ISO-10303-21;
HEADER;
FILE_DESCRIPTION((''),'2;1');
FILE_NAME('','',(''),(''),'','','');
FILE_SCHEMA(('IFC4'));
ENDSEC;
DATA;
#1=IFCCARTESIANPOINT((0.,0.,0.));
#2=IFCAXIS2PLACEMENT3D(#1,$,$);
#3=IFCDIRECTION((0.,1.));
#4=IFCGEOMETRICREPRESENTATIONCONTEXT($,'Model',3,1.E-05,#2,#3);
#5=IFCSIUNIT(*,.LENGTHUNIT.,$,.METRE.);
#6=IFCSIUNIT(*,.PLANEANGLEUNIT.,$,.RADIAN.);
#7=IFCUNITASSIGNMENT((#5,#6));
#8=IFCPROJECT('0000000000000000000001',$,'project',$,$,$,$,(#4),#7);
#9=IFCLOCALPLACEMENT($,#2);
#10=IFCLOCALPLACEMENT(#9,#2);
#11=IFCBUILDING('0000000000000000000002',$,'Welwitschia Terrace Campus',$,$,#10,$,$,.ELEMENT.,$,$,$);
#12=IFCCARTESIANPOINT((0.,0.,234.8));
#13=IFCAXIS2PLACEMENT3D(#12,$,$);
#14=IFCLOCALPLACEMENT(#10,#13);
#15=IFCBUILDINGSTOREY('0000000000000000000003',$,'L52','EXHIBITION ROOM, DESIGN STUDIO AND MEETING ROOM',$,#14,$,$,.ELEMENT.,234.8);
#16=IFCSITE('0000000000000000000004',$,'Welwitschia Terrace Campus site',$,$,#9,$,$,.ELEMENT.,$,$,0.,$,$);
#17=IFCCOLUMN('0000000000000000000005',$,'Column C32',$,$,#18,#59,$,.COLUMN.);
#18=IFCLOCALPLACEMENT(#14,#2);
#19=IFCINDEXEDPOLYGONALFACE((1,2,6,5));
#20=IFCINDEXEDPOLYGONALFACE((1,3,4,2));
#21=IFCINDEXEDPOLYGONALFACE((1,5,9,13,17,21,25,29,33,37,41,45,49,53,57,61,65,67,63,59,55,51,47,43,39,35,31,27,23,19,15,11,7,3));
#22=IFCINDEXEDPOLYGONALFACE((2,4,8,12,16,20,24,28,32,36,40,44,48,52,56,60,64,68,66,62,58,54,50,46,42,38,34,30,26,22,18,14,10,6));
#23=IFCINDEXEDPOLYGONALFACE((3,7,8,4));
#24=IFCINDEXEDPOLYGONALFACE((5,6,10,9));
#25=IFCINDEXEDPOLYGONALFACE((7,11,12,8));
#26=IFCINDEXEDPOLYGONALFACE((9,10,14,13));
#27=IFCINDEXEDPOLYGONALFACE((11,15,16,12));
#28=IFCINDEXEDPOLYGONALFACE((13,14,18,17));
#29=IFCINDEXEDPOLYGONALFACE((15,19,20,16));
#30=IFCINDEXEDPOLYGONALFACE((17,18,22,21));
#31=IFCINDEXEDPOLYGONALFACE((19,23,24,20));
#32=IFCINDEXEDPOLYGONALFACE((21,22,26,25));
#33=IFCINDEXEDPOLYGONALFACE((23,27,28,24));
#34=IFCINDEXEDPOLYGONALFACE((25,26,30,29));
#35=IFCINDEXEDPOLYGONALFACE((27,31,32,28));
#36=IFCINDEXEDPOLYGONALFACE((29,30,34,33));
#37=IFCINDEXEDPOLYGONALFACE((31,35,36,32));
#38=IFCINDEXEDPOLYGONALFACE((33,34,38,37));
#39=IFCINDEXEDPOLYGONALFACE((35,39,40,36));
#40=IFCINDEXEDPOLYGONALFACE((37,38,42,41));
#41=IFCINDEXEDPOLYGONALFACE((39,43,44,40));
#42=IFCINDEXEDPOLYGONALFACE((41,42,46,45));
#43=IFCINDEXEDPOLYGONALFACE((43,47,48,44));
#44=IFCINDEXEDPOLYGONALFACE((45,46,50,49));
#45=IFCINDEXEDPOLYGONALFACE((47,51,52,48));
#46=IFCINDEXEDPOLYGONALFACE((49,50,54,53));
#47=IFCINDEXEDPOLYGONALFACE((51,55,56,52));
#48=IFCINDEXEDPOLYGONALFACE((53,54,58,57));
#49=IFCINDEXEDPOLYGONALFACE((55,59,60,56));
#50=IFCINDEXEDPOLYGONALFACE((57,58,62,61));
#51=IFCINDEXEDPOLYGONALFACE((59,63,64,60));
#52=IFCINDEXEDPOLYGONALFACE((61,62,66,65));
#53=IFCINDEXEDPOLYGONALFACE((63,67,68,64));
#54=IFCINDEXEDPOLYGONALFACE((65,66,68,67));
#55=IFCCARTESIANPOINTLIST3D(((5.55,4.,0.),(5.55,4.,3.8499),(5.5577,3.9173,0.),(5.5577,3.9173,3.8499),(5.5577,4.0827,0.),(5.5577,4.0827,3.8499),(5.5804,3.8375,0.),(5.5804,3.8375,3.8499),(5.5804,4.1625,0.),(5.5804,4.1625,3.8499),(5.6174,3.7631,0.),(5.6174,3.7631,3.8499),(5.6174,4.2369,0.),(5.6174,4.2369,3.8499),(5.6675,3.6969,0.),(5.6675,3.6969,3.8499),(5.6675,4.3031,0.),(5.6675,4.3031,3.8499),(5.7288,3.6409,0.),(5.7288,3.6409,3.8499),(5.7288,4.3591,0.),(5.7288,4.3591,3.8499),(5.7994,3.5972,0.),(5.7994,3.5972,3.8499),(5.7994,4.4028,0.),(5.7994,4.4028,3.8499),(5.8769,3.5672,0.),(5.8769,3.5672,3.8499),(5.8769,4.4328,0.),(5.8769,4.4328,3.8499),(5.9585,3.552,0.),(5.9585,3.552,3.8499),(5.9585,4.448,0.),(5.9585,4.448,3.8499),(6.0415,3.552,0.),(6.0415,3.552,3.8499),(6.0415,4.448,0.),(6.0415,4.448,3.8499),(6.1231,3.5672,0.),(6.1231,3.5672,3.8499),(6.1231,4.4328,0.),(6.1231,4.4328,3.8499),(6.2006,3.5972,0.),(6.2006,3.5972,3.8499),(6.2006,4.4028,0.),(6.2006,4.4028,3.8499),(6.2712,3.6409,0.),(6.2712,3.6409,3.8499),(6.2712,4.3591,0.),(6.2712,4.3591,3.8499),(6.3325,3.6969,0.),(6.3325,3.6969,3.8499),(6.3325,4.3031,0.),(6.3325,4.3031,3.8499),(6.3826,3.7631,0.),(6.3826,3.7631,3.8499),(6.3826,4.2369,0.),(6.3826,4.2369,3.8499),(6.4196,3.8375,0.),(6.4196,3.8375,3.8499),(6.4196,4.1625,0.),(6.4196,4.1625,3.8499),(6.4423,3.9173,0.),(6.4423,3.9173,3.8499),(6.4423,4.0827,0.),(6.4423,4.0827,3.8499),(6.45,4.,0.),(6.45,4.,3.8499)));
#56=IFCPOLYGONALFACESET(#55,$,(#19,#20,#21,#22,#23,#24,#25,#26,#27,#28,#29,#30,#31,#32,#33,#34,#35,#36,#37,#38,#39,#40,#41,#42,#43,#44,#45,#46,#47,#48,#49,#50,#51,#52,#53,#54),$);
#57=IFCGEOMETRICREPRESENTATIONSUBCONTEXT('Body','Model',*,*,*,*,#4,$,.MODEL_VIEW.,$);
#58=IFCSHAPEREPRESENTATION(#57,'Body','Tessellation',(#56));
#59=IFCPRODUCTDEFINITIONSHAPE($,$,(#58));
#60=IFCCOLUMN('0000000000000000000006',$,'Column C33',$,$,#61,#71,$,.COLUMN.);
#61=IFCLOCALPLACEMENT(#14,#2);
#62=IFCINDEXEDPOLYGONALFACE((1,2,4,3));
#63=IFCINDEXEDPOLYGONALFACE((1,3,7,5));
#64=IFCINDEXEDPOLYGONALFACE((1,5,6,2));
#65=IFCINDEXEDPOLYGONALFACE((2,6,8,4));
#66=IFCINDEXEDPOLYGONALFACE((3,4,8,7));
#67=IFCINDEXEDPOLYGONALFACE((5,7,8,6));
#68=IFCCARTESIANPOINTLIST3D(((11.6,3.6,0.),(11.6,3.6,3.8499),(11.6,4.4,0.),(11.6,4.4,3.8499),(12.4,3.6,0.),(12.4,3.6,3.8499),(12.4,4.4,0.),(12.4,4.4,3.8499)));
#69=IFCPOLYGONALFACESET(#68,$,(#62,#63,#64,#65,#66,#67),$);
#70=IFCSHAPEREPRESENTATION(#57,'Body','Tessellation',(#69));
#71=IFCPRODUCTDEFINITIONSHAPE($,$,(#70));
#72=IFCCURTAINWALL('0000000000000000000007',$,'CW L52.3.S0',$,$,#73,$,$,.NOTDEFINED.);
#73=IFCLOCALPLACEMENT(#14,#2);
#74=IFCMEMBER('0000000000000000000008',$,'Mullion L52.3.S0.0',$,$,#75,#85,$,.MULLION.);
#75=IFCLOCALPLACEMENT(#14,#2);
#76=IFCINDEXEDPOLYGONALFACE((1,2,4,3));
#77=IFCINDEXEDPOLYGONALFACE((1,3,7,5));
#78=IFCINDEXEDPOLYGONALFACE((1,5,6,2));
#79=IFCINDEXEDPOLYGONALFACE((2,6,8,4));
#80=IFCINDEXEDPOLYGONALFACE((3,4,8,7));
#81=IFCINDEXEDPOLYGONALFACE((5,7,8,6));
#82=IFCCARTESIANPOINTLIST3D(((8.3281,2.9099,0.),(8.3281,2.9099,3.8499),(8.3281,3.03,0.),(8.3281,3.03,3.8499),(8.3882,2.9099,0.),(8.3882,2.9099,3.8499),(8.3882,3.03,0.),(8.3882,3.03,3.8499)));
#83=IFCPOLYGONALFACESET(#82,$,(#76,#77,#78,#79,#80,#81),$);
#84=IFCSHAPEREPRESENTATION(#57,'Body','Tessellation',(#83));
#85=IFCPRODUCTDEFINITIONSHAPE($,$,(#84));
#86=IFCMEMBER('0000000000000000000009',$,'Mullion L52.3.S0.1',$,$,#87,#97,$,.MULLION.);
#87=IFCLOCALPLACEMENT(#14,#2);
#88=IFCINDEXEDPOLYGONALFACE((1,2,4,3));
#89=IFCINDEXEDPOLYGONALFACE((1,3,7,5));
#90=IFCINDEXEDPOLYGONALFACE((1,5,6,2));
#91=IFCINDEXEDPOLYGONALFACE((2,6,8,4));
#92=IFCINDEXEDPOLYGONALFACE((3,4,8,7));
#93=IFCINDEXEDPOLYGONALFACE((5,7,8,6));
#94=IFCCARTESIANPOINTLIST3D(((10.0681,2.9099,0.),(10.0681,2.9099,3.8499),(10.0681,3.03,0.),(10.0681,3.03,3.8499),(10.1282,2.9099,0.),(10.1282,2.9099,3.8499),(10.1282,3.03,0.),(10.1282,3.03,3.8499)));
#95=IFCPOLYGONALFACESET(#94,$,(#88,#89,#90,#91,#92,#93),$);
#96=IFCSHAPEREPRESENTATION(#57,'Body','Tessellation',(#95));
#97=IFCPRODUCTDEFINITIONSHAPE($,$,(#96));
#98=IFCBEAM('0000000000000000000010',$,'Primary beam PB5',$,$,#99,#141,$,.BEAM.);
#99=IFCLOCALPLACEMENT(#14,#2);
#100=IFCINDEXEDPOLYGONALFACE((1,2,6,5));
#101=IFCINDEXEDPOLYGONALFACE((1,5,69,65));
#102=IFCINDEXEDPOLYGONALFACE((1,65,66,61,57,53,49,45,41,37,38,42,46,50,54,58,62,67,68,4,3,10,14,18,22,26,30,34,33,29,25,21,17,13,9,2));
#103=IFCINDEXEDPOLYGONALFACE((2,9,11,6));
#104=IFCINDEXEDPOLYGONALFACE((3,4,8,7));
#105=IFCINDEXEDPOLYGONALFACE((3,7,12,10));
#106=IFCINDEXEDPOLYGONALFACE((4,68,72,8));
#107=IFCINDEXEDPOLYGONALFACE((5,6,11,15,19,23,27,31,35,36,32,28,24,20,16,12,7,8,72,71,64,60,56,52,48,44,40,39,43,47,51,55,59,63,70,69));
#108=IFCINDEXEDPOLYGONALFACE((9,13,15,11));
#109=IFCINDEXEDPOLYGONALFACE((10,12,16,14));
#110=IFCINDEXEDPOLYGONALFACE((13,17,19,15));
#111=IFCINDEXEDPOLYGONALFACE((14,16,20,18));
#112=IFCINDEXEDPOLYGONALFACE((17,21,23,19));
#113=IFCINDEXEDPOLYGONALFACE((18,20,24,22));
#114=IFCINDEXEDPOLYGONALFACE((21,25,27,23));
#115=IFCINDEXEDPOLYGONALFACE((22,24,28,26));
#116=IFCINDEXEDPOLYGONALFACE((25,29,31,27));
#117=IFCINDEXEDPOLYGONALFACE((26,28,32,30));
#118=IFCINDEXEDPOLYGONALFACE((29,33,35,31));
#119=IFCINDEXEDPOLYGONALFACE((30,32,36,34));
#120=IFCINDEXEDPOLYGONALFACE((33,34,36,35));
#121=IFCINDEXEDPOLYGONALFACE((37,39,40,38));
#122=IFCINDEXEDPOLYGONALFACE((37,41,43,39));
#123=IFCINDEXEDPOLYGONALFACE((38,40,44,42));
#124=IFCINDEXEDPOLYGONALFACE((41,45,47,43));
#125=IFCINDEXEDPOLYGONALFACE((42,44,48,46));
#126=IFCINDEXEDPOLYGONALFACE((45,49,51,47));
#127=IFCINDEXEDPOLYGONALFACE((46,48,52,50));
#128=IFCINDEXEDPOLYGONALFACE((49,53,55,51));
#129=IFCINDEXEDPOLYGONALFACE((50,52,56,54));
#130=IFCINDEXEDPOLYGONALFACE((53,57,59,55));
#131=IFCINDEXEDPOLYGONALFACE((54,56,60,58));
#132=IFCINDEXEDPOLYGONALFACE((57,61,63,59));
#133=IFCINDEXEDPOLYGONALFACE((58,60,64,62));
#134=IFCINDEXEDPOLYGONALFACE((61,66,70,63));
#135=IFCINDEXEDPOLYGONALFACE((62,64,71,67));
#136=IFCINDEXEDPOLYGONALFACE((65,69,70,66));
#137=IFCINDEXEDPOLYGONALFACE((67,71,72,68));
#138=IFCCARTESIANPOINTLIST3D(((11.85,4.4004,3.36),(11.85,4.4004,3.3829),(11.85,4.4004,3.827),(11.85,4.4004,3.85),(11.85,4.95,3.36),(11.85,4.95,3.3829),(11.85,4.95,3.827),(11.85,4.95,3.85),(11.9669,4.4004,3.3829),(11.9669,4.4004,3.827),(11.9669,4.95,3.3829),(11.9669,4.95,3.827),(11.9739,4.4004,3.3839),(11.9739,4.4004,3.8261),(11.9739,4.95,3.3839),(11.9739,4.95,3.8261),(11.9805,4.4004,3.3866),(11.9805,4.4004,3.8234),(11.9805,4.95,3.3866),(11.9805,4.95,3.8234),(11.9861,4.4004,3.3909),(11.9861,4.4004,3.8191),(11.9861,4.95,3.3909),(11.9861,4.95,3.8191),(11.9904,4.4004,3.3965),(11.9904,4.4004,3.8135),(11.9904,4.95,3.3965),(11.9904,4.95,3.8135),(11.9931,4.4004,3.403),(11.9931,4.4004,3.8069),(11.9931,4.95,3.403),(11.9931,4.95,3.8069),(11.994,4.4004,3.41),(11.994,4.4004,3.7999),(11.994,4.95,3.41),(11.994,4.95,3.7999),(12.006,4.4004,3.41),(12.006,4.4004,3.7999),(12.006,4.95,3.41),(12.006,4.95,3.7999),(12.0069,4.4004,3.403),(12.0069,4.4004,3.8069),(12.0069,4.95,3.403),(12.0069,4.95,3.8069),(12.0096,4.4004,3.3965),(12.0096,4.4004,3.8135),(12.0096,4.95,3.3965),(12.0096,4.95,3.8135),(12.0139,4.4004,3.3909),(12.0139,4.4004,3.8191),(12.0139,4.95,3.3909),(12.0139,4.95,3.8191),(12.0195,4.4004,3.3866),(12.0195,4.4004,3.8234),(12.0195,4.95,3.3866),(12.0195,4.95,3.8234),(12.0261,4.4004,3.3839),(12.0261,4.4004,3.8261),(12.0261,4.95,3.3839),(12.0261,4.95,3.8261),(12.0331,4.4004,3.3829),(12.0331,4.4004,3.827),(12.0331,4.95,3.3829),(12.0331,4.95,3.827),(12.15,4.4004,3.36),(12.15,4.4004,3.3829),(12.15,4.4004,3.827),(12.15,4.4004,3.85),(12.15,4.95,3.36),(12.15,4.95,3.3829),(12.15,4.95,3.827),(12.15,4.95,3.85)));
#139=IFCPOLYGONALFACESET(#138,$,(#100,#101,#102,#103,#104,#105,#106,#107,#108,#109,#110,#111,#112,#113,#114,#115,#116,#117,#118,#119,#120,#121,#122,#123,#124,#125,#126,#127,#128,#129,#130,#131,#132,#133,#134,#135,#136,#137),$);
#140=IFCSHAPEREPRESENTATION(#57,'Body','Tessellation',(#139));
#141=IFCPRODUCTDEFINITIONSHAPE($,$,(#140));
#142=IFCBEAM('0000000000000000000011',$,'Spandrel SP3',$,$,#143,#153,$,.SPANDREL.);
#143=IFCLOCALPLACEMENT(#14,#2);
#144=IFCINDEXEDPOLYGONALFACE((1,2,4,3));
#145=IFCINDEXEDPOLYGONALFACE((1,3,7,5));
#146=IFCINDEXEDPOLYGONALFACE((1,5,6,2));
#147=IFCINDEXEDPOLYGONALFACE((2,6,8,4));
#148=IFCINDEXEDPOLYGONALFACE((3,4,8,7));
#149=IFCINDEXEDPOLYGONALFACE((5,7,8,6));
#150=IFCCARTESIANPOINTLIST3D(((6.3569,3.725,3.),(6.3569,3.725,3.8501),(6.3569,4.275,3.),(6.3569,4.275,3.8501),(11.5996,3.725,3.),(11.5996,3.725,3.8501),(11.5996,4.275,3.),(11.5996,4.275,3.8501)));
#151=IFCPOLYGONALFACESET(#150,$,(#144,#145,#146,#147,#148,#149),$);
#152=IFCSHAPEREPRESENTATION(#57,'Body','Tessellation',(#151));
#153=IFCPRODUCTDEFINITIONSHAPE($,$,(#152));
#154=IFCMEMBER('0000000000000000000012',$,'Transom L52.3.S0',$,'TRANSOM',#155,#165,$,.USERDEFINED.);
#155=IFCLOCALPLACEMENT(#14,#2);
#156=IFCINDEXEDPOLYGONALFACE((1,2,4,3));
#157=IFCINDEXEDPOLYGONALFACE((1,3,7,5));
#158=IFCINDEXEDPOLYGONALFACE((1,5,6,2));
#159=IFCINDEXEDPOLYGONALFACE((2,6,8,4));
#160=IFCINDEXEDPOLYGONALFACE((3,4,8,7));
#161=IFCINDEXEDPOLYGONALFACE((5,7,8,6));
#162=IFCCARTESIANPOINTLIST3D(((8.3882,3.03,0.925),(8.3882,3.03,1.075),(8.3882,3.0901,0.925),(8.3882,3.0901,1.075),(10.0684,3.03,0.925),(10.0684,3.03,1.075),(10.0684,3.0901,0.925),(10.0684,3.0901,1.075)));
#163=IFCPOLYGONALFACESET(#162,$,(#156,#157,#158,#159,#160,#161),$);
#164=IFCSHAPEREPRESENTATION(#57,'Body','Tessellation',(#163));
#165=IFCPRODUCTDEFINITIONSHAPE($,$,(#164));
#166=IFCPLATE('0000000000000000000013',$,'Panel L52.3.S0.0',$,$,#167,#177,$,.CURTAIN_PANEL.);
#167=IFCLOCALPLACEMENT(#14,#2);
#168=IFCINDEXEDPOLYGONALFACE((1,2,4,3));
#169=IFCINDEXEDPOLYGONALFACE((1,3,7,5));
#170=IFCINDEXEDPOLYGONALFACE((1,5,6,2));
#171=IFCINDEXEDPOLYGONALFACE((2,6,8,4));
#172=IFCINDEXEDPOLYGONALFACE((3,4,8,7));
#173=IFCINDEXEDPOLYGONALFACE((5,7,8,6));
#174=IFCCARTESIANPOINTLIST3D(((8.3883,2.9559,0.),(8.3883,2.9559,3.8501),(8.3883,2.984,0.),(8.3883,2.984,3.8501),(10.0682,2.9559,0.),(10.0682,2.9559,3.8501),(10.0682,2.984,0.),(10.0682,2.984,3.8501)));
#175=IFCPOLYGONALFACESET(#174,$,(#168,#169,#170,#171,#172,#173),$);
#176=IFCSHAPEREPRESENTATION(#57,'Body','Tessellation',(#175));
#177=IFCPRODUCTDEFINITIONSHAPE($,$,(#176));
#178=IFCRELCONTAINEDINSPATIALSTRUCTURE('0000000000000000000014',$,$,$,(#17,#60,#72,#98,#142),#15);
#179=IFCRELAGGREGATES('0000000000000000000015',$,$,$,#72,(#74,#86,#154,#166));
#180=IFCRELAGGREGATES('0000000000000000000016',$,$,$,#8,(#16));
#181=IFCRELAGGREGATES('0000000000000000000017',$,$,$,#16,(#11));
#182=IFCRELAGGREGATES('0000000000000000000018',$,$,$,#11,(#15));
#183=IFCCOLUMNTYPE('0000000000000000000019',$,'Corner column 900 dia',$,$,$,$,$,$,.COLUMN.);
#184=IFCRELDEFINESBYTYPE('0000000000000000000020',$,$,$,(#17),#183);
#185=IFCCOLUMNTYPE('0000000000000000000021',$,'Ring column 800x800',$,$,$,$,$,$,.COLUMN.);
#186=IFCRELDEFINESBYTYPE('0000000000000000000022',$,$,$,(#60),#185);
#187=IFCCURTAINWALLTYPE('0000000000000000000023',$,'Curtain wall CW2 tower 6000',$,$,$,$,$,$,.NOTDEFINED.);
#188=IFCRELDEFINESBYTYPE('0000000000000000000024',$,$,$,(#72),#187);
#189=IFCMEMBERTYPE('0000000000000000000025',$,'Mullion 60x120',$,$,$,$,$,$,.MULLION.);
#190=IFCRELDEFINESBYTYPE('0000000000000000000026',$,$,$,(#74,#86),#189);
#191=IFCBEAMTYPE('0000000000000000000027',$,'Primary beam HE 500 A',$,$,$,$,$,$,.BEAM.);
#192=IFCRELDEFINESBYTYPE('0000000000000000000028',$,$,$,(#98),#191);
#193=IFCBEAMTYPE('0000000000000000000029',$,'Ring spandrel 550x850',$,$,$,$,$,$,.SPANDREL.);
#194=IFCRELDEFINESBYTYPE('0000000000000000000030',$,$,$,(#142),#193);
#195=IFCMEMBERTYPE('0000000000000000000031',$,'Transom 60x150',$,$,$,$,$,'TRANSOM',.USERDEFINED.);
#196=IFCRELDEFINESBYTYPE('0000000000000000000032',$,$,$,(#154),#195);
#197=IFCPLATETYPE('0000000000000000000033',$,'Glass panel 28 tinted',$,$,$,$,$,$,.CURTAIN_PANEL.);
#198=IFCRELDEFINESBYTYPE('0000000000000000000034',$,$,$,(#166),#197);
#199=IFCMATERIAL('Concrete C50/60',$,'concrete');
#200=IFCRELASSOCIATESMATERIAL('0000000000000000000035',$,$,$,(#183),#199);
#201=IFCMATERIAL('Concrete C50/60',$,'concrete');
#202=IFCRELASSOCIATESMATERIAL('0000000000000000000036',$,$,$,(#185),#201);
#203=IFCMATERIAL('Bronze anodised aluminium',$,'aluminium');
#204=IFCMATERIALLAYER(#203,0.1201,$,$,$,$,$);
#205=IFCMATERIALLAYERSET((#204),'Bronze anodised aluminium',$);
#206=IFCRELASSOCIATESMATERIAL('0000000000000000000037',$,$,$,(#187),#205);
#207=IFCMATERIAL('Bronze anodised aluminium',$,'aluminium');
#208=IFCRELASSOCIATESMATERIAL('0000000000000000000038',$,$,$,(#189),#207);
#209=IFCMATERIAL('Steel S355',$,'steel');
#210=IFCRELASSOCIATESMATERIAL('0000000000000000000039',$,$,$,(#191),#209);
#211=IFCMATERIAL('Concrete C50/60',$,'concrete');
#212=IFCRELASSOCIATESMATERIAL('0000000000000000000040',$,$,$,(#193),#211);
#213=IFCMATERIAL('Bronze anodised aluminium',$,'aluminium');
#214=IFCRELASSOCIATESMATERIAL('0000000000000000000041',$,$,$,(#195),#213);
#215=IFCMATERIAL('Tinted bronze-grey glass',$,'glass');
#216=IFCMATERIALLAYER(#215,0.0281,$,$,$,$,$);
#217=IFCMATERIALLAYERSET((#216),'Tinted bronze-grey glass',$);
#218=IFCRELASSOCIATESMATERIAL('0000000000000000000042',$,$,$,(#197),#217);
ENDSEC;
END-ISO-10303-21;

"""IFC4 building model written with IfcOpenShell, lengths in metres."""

from ifc_helpers import new_model, si_unit, direction, frame, origin, origin_2d, place, context, subcontext, project, spatial, rectangle, circle, i_section, extrude, material, layer, layer_set, material_profile, profile_set, type_object, element, aggregate, save


model = new_model("IFC4")

# Units and contexts
model_context = context("Model", 3, precision=1e-05, world=origin(), true_north=direction((0.0, 1.0)))
body_context = subcontext(model_context, "Body", "Model", "MODEL_VIEW")
ifc_project = project(units=[si_unit("LENGTHUNIT", "METRE"), si_unit("PLANEANGLEUNIT", "RADIAN")], contexts=[model_context])

# Site, building, storey
site_placement = place(None, origin())
site = spatial("IfcSite", under=ifc_project, at=site_placement, Name="Welwitschia Terrace Campus site", CompositionType="ELEMENT", RefElevation=0.0)
building_placement = place(site_placement, origin())
building = spatial("IfcBuilding", under=site, at=building_placement, Name="Welwitschia Terrace Campus", CompositionType="ELEMENT")
storey_placement = place(building_placement, frame((0.0, 0.0, 234.8)))
storey = spatial("IfcBuildingStorey", under=building, at=storey_placement, Name="L52", Description="EXHIBITION ROOM, DESIGN STUDIO AND MEETING ROOM", CompositionType="ELEMENT", Elevation=234.8)

# Columns
ifc_material_1 = material(Name="Concrete C50/60", Category="concrete")
ifc_material_profile_1 = material_profile(ifc_material_1, circle(Radius=0.45, at=origin_2d()))
ifc_profile_set_1 = profile_set([ifc_material_profile_1], Name="Concrete C50/60")
column_type_1 = type_object("IfcColumnType", Name="Corner column 900 dia", PredefinedType="COLUMN", material=ifc_profile_set_1)
column_1_placement = place(storey_placement, frame((6.0, 4.0, 0.0), z_axis=(0.0, 0.0, 1.0), x_axis=(1.0, 0.0, 0.0)))
element("IfcColumn", 1, at=column_1_placement, inside=storey, type_object=column_type_1, Name="Column C32", PredefinedType="COLUMN", context=body_context, shape_type="SweptSolid", body=[
    extrude(circle(Radius=0.45, at=origin_2d()), origin(), (0.0, 0.0, 1.0), 3.8499),
])
ifc_material_2 = material(Name="Concrete C50/60", Category="concrete")
ifc_material_profile_2 = material_profile(ifc_material_2, rectangle(XDim=0.8, YDim=0.8, at=origin_2d()))
ifc_profile_set_2 = profile_set([ifc_material_profile_2], Name="Concrete C50/60")
column_type_2 = type_object("IfcColumnType", Name="Ring column 800x800", PredefinedType="COLUMN", material=ifc_profile_set_2)
column_2_placement = place(storey_placement, frame((12.0, 4.0, 0.0), z_axis=(0.0, 0.0, 1.0), x_axis=(1.0, 0.0, 0.0)))
element("IfcColumn", 2, at=column_2_placement, inside=storey, type_object=column_type_2, Name="Column C33", PredefinedType="COLUMN", context=body_context, shape_type="SweptSolid", body=[
    extrude(rectangle(XDim=0.8, YDim=0.8, at=origin_2d()), origin(), (0.0, 0.0, 1.0), 3.8499),
])

# Curtain wall, members
ifc_material_3 = material(Name="Bronze anodised aluminium", Category="aluminium")
ifc_layer_1 = layer(ifc_material_3, 0.1201)
ifc_layer_set_1 = layer_set([ifc_layer_1], Name="Bronze anodised aluminium")
curtain_wall_type = type_object("IfcCurtainWallType", Name="Curtain wall CW2 tower 6000", PredefinedType="NOTDEFINED", material=ifc_layer_set_1)
curtain_wall_placement = place(storey_placement, origin())
curtain_wall = element("IfcCurtainWall", 3, at=curtain_wall_placement, inside=storey, type_object=curtain_wall_type, Name="CW L52.3.S0", PredefinedType="NOTDEFINED")
ifc_material_4 = material(Name="Bronze anodised aluminium", Category="aluminium")
ifc_material_profile_3 = material_profile(ifc_material_4, rectangle(XDim=0.1201, YDim=0.0601, at=origin_2d()))
ifc_profile_set_3 = profile_set([ifc_material_profile_3], Name="Bronze anodised aluminium")
member_type_1 = type_object("IfcMemberType", Name="Mullion 60x120", PredefinedType="MULLION", material=ifc_profile_set_3)
member_1_placement = place(storey_placement, frame((8.3582, 2.97, 0.0), z_axis=(0.0, 0.0, 1.0), x_axis=(0.0, 1.0, 0.0)))
member_1 = element("IfcMember", 4, at=member_1_placement, type_object=member_type_1, Name="Mullion L52.3.S0.0", PredefinedType="MULLION", context=body_context, shape_type="SweptSolid", body=[
    extrude(rectangle(XDim=0.1201, YDim=0.0601, at=origin_2d()), origin(), (0.0, 0.0, 1.0), 3.8499),
])
member_2_placement = place(storey_placement, frame((10.0981, 2.97, 0.0), z_axis=(0.0, 0.0, 1.0), x_axis=(0.0, 1.0, 0.0)))
member_2 = element("IfcMember", 5, at=member_2_placement, type_object=member_type_1, Name="Mullion L52.3.S0.1", PredefinedType="MULLION", context=body_context, shape_type="SweptSolid", body=[
    extrude(rectangle(XDim=0.1201, YDim=0.0601, at=origin_2d()), origin(), (0.0, 0.0, 1.0), 3.8499),
])

# Beams
ifc_material_5 = material(Name="Steel S355", Category="steel")
ifc_material_profile_4 = material_profile(ifc_material_5, i_section(OverallWidth=0.3, OverallDepth=0.49, WebThickness=0.012, FlangeThickness=0.0229, FilletRadius=0.0271, at=origin_2d()))
ifc_profile_set_4 = profile_set([ifc_material_profile_4], Name="Steel S355")
beam_type_1 = type_object("IfcBeamType", Name="Primary beam HE 500 A", PredefinedType="BEAM", material=ifc_profile_set_4)
beam_1_placement = place(storey_placement, frame((12.0, 4.4004, 3.605), z_axis=(0.0, 1.0, 0.0), x_axis=(-1.0, 0.0, 0.0)))
element("IfcBeam", 6, at=beam_1_placement, inside=storey, type_object=beam_type_1, Name="Primary beam PB5", PredefinedType="BEAM", context=body_context, shape_type="SweptSolid", body=[
    extrude(i_section(OverallWidth=0.3, OverallDepth=0.49, WebThickness=0.012, FlangeThickness=0.0229, FilletRadius=0.0271, at=origin_2d()), origin(), (0.0, 0.0, 1.0), 0.5496),
])
ifc_material_6 = material(Name="Concrete C50/60", Category="concrete")
ifc_material_profile_5 = material_profile(ifc_material_6, rectangle(XDim=0.55, YDim=0.8501, at=origin_2d()))
ifc_profile_set_5 = profile_set([ifc_material_profile_5], Name="Concrete C50/60")
beam_type_2 = type_object("IfcBeamType", Name="Ring spandrel 550x850", PredefinedType="SPANDREL", material=ifc_profile_set_5)
beam_2_placement = place(storey_placement, frame((6.3569, 4.0, 3.425), z_axis=(1.0, 0.0, 0.0), x_axis=(0.0, 1.0, 0.0)))
element("IfcBeam", 7, at=beam_2_placement, inside=storey, type_object=beam_type_2, Name="Spandrel SP3", PredefinedType="SPANDREL", context=body_context, shape_type="SweptSolid", body=[
    extrude(rectangle(XDim=0.55, YDim=0.8501, at=origin_2d()), origin(), (0.0, 0.0, 1.0), 5.2427),
])

# Member
ifc_material_7 = material(Name="Bronze anodised aluminium", Category="aluminium")
ifc_material_profile_6 = material_profile(ifc_material_7, rectangle(XDim=0.0601, YDim=0.1499, at=origin_2d()))
ifc_profile_set_6 = profile_set([ifc_material_profile_6], Name="Bronze anodised aluminium")
member_type_2 = type_object("IfcMemberType", Name="Transom 60x150", ElementType="TRANSOM", PredefinedType="USERDEFINED", material=ifc_profile_set_6)
member_3_placement = place(storey_placement, frame((8.3882, 3.0601, 1.0), z_axis=(1.0, 0.0, 0.0), x_axis=(0.0, 1.0, 0.0)))
member_3 = element("IfcMember", 8, at=member_3_placement, type_object=member_type_2, Name="Transom L52.3.S0", ObjectType="TRANSOM", PredefinedType="USERDEFINED", context=body_context, shape_type="SweptSolid", body=[
    extrude(rectangle(XDim=0.0601, YDim=0.1499, at=origin_2d()), origin(), (0.0, 0.0, 1.0), 1.6802),
])

# Plate
ifc_material_8 = material(Name="Tinted bronze-grey glass", Category="glass")
ifc_layer_2 = layer(ifc_material_8, 0.0281)
ifc_layer_set_2 = layer_set([ifc_layer_2], Name="Tinted bronze-grey glass")
plate_type = type_object("IfcPlateType", Name="Glass panel 28 tinted", PredefinedType="CURTAIN_PANEL", material=ifc_layer_set_2)
plate_placement = place(storey_placement, frame((9.2283, 2.97, 0.0), z_axis=(0.0, 0.0, 1.0), x_axis=(1.0, 0.0, 0.0)))
plate = element("IfcPlate", 9, at=plate_placement, type_object=plate_type, Name="Panel L52.3.S0.0", PredefinedType="CURTAIN_PANEL", context=body_context, shape_type="SweptSolid", body=[
    extrude(rectangle(XDim=1.6799, YDim=0.0281, at=origin_2d()), origin(), (0.0, 0.0, 1.0), 3.8501),
])
aggregate(curtain_wall, [member_1, member_2, member_3, plate])

save(model, "model.ifc")
